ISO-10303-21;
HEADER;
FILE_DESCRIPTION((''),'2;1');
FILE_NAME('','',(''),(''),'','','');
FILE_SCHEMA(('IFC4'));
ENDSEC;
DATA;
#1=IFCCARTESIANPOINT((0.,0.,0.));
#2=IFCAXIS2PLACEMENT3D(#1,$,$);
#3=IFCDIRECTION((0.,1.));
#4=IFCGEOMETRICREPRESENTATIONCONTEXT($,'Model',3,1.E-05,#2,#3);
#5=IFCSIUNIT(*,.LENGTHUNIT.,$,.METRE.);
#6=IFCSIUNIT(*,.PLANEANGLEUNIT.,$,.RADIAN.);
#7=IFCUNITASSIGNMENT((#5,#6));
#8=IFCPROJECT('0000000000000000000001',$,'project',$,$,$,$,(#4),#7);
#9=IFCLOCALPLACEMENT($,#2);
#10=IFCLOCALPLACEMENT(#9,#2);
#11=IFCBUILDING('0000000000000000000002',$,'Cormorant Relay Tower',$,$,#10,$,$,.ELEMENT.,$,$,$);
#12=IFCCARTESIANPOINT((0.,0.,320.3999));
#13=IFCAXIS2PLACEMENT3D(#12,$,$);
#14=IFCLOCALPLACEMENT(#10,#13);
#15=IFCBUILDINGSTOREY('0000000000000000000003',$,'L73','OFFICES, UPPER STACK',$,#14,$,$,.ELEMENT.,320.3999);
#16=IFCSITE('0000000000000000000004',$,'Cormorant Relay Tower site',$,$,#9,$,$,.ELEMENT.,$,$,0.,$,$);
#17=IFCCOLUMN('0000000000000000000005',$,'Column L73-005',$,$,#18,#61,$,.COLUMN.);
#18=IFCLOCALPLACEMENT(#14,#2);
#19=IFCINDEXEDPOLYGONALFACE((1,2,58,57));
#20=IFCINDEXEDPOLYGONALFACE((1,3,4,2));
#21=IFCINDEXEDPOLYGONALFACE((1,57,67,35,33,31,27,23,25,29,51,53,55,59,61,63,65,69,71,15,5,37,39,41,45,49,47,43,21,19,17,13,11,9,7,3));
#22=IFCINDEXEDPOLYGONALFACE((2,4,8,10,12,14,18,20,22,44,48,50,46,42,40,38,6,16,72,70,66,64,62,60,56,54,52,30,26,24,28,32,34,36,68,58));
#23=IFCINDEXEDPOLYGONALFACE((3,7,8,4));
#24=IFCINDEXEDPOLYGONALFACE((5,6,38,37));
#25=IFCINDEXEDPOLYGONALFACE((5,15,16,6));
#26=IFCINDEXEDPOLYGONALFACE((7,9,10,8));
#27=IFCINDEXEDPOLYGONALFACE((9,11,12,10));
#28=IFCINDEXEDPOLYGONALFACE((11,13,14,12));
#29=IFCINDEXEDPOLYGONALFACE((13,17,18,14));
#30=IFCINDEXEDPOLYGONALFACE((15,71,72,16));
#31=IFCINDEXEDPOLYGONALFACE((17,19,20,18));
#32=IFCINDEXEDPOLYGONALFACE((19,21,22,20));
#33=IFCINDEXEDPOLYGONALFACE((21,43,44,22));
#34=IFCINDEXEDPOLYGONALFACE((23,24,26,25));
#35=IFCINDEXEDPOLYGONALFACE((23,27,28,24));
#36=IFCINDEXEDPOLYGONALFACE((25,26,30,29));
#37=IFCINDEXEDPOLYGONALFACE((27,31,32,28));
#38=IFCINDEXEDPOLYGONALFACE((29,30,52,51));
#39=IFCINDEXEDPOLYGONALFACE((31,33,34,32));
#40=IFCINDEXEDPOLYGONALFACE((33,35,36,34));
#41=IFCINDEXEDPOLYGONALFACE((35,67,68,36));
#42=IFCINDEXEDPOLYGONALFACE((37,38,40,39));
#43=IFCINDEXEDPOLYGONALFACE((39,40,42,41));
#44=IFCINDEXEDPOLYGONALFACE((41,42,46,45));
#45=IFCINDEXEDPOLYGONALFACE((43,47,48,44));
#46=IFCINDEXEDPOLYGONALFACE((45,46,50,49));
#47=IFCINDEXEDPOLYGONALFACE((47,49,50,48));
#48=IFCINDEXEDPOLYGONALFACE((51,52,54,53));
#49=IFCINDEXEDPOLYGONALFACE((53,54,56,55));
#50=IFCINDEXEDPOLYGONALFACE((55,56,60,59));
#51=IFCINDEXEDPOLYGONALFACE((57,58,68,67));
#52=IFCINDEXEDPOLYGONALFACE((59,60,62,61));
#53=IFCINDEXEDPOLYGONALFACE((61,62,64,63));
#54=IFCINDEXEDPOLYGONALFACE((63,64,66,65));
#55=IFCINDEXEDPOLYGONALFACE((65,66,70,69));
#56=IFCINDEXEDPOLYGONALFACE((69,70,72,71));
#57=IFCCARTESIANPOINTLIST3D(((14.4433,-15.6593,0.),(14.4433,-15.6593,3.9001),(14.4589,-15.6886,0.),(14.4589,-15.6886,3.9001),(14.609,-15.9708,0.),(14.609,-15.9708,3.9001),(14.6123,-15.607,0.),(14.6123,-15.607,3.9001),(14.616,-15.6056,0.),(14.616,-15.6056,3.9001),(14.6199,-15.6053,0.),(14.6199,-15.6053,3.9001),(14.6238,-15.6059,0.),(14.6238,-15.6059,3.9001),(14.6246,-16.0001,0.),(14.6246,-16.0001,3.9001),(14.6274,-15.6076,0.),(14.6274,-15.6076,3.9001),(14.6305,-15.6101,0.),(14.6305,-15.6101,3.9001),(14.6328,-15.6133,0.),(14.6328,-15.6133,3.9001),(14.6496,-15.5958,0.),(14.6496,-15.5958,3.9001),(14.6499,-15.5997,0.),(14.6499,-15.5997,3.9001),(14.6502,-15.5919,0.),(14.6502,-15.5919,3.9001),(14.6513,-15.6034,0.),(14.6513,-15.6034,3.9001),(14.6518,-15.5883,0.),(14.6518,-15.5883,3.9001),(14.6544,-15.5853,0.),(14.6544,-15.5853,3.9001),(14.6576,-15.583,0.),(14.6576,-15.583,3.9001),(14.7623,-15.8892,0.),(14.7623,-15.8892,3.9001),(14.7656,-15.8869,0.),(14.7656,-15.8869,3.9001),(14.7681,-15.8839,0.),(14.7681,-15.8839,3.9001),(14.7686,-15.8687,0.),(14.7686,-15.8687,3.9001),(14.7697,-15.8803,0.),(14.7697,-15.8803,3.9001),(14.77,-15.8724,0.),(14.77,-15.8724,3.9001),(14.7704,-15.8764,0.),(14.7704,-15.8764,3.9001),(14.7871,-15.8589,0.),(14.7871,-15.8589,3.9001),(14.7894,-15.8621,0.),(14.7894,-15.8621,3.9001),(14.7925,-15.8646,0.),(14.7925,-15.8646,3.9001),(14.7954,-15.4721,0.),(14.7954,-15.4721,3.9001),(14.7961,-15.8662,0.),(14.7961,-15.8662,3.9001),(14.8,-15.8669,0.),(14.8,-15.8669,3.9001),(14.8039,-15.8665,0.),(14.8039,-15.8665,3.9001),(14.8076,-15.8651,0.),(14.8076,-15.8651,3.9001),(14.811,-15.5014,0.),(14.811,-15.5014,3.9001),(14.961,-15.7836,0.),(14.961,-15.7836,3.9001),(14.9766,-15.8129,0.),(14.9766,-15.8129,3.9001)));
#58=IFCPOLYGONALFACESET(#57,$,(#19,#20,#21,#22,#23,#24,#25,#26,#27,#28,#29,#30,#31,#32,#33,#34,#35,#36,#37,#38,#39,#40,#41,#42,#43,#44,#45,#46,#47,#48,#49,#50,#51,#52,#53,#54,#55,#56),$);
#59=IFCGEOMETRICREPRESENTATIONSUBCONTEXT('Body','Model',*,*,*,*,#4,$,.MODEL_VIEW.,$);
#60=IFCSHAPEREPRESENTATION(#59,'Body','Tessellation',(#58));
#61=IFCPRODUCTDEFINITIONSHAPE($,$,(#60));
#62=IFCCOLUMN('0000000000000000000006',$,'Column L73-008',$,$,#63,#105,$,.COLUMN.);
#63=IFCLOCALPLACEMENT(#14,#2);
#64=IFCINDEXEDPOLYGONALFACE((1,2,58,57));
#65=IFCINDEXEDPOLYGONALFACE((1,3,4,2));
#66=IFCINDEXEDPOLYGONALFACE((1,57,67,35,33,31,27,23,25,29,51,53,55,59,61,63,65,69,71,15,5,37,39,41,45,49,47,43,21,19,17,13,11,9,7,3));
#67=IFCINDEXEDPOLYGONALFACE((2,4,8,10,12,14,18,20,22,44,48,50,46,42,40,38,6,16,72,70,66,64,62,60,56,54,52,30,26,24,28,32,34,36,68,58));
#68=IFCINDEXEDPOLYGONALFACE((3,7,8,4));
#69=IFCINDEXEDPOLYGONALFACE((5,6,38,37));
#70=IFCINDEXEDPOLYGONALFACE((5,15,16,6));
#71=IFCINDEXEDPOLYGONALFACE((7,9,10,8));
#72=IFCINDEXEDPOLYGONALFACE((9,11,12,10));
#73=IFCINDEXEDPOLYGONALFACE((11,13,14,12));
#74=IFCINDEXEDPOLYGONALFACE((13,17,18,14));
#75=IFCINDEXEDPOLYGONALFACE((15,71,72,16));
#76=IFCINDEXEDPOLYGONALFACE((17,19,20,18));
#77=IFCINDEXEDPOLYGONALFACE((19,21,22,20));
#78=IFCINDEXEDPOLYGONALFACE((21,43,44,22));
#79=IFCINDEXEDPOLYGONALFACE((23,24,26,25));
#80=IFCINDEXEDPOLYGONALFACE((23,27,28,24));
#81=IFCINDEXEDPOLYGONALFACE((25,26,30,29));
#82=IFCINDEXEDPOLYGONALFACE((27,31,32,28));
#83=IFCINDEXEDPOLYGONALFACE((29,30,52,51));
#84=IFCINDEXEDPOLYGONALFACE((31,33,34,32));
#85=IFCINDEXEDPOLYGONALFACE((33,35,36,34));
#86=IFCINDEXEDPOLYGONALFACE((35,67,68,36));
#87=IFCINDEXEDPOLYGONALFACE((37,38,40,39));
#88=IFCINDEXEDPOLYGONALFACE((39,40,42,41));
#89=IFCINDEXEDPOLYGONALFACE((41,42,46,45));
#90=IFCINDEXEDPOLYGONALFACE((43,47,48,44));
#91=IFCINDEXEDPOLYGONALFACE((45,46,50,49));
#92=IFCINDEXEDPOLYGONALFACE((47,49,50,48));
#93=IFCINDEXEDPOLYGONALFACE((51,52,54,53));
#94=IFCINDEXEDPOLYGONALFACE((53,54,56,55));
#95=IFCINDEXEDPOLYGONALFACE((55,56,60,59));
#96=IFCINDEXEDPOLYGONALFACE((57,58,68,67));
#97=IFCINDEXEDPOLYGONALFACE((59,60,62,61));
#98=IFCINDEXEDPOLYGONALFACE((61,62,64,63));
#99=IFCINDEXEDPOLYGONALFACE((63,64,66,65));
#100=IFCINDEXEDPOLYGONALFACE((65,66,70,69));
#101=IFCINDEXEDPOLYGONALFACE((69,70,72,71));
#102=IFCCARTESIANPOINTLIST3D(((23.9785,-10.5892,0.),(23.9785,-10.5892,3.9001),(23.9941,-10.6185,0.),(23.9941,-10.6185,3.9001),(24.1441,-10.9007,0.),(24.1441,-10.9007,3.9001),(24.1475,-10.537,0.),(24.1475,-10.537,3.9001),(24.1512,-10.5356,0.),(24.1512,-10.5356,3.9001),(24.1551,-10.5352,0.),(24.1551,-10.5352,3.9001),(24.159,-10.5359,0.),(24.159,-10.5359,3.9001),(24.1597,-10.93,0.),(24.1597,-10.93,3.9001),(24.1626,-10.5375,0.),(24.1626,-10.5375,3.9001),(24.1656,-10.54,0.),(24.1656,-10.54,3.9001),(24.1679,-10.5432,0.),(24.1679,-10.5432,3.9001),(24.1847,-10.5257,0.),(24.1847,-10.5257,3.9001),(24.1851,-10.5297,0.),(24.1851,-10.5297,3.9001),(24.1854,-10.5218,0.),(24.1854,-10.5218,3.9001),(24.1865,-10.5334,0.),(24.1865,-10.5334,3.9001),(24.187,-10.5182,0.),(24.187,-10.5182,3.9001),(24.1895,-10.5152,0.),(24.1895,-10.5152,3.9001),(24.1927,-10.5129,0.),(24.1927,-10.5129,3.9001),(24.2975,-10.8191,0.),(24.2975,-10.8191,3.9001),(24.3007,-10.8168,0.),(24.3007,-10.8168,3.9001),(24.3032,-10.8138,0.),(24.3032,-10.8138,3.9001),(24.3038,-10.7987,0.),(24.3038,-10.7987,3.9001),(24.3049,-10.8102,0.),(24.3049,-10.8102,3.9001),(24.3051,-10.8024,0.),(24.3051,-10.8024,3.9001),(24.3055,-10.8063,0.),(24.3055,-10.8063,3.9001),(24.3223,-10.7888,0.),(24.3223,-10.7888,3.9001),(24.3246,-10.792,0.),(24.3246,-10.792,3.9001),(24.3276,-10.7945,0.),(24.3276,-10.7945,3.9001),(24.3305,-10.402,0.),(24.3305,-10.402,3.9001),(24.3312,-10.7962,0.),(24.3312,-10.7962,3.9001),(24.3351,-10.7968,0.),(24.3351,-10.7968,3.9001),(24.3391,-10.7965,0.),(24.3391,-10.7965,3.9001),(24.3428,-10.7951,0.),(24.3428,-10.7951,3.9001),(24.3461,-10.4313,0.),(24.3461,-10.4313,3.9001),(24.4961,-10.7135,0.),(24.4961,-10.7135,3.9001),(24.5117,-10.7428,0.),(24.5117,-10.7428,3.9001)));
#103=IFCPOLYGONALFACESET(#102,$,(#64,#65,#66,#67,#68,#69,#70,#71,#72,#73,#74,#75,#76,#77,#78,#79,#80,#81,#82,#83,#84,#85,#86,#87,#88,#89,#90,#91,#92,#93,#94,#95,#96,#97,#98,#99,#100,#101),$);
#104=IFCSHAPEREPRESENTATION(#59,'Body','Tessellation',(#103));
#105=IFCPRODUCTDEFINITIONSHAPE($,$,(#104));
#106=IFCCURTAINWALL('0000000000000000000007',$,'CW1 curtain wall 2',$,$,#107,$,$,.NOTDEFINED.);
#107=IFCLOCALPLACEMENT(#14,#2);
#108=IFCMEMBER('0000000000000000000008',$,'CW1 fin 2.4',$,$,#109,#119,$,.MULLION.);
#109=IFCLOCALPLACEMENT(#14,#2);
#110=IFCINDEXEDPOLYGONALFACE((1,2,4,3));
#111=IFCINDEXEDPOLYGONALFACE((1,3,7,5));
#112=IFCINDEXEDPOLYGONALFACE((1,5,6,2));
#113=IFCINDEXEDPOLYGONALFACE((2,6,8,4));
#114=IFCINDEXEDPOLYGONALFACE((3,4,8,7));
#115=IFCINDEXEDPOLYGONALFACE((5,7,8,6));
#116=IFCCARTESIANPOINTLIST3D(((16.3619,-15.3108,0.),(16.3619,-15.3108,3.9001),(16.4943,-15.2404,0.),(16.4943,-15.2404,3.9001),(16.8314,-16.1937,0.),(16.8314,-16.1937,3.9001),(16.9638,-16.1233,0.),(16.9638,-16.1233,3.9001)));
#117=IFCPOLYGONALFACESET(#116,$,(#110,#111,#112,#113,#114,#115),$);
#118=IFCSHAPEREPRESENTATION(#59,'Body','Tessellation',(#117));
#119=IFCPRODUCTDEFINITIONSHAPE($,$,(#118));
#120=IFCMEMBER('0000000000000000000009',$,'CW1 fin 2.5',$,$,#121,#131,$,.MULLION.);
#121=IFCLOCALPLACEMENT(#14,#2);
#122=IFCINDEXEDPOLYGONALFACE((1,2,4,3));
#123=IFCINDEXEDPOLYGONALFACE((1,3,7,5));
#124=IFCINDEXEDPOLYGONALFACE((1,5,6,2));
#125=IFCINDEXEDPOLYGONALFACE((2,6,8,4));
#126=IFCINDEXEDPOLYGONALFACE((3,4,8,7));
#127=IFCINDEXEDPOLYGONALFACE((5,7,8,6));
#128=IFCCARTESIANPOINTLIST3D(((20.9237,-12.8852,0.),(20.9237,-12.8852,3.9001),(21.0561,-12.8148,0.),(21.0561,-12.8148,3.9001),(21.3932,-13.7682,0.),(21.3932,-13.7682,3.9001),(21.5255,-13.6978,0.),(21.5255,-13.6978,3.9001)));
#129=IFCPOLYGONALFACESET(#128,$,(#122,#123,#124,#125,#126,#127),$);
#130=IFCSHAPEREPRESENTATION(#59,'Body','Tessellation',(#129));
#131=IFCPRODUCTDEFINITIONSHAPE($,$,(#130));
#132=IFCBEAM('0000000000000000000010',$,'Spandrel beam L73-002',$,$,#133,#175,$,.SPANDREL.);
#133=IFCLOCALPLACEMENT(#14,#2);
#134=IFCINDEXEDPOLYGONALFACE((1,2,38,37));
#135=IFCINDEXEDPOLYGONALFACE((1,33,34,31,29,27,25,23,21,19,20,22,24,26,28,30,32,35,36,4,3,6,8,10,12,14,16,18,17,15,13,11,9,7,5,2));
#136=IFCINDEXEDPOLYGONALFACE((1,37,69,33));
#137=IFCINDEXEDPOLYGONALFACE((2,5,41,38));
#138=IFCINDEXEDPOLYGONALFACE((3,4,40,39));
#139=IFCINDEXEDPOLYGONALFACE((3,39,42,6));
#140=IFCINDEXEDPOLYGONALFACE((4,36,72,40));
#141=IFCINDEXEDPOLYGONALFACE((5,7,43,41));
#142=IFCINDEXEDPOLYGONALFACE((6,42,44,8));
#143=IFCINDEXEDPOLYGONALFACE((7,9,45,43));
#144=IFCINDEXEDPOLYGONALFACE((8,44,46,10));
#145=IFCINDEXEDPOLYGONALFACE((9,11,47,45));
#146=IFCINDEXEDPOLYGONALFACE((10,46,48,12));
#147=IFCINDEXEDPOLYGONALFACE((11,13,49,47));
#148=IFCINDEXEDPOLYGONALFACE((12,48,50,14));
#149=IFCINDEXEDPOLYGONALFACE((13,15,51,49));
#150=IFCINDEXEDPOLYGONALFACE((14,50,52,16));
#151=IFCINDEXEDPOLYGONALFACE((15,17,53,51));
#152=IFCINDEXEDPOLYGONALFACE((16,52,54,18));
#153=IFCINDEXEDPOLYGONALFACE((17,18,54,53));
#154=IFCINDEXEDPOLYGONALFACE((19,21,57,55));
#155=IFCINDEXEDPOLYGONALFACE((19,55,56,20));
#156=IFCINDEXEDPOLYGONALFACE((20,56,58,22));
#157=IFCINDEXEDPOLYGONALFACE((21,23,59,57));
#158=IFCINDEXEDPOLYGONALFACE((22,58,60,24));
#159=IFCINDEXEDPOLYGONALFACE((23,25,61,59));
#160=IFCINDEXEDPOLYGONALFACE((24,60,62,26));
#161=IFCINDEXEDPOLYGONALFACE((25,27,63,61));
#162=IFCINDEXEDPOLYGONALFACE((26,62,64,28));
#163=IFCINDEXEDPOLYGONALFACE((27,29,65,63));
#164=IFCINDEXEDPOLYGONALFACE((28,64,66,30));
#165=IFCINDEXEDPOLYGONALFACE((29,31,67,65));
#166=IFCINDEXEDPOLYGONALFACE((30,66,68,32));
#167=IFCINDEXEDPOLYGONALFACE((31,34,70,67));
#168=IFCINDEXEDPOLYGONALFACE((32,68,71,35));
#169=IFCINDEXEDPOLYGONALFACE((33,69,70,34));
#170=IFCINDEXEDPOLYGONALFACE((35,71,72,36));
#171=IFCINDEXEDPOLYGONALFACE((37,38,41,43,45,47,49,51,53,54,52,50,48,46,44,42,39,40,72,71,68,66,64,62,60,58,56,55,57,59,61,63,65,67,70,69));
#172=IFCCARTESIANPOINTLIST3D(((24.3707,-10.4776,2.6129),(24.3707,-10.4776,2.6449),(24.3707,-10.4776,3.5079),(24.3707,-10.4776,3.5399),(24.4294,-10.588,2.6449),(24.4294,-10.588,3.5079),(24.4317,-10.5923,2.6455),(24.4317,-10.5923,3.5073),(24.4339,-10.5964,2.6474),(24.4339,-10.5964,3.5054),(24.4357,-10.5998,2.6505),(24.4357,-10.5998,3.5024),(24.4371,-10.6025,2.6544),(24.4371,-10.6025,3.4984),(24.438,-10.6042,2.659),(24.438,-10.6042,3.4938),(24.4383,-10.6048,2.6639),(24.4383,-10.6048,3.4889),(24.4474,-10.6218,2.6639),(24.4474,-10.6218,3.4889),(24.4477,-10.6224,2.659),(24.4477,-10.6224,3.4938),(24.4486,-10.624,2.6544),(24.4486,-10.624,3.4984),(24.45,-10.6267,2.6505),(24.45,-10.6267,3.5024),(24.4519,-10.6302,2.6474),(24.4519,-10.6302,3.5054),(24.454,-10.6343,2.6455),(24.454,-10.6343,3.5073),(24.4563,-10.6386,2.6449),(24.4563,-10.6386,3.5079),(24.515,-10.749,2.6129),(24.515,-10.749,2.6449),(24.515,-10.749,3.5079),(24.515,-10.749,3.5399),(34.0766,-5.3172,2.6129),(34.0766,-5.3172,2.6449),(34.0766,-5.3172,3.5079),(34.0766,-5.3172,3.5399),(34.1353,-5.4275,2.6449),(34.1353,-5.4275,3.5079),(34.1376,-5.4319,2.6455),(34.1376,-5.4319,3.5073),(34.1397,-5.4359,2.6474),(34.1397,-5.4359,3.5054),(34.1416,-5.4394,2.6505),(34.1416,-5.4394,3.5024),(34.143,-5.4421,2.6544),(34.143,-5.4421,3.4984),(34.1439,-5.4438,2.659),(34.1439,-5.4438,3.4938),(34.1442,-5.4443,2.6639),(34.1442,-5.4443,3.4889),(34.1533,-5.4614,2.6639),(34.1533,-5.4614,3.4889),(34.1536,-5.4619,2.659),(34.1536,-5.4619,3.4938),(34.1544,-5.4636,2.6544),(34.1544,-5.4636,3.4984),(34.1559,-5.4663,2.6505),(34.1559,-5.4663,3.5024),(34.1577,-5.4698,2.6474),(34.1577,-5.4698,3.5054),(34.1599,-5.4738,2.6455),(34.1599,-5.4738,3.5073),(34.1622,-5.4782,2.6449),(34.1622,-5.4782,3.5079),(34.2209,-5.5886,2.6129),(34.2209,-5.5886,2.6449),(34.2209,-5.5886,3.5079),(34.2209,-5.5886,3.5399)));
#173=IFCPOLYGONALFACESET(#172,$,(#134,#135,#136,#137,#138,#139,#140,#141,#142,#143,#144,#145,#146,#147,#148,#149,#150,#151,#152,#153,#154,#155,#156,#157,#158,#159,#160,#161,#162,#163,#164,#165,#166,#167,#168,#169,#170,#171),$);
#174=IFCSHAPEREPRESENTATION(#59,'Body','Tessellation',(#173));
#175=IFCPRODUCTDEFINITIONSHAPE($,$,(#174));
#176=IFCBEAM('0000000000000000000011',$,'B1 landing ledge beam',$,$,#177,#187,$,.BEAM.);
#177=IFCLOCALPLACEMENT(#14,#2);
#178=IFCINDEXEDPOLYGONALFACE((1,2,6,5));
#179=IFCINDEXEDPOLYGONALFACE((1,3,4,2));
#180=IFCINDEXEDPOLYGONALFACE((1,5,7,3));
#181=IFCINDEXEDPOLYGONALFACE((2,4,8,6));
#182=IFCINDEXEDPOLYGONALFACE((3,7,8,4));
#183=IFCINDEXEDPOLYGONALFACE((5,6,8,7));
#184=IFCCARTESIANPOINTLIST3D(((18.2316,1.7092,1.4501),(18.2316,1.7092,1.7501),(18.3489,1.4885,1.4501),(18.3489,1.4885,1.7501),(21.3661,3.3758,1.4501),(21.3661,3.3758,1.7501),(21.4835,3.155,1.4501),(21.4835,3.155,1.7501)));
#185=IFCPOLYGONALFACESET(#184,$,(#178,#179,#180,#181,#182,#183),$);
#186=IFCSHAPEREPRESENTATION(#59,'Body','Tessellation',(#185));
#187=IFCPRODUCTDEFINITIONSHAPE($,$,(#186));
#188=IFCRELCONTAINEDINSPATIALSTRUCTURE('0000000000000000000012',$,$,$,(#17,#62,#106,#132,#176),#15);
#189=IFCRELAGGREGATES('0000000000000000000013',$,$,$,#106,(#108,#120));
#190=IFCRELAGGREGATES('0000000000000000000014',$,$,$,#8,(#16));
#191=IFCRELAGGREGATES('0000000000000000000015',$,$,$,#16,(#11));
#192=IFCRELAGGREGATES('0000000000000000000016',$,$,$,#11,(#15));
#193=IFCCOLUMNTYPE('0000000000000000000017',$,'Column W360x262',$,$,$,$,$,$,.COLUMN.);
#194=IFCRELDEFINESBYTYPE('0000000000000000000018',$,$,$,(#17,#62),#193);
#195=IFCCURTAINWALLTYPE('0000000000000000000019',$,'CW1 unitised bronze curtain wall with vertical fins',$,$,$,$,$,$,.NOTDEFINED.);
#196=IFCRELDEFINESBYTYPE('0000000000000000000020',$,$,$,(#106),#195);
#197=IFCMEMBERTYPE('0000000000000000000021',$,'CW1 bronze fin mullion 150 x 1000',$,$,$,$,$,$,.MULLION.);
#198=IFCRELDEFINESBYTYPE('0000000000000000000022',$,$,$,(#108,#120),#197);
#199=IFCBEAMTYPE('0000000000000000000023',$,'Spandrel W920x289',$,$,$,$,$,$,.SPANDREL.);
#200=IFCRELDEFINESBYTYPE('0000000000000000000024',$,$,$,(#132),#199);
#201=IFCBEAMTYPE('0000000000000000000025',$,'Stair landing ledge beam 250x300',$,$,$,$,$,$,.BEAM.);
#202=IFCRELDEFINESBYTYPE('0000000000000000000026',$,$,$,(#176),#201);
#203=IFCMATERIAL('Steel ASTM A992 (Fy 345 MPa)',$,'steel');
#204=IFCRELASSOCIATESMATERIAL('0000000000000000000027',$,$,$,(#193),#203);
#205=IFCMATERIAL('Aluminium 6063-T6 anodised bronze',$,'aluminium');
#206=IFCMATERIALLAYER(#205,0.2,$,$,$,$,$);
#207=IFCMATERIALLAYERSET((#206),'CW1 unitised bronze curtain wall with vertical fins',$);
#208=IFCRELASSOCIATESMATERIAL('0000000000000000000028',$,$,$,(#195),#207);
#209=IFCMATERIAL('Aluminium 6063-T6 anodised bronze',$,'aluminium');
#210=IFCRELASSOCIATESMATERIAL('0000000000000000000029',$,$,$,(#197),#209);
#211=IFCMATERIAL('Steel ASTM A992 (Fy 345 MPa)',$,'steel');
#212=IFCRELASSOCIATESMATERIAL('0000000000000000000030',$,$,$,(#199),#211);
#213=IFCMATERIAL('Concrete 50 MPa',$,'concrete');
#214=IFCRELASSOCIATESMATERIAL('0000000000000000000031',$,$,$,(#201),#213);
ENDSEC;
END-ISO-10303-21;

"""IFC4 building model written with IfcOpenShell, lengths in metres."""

from ifc_helpers import new_model, si_unit, direction, frame, origin, origin_2d, place, context, subcontext, project, spatial, rectangle, i_section, extrude, material, layer, layer_set, material_profile, profile_set, type_object, element, aggregate, save


model = new_model("IFC4")

# Units and contexts
model_context = context("Model", 3, precision=1e-05, world=origin(), true_north=direction((0.0, 1.0)))
body_context = subcontext(model_context, "Body", "Model", "MODEL_VIEW")
ifc_project = project(units=[si_unit("LENGTHUNIT", "METRE"), si_unit("PLANEANGLEUNIT", "RADIAN")], contexts=[model_context])

# Site, building, storey
site_placement = place(None, origin())
site = spatial("IfcSite", under=ifc_project, at=site_placement, Name="Cormorant Relay Tower site", CompositionType="ELEMENT", RefElevation=0.0)
building_placement = place(site_placement, origin())
building = spatial("IfcBuilding", under=site, at=building_placement, Name="Cormorant Relay Tower", CompositionType="ELEMENT")
storey_placement = place(building_placement, frame((0.0, 0.0, 320.3999)))
storey = spatial("IfcBuildingStorey", under=building, at=storey_placement, Name="L73", Description="OFFICES, UPPER STACK", CompositionType="ELEMENT", Elevation=320.3999)

# Columns
ifc_material_1 = material(Name="Steel ASTM A992 (Fy 345 MPa)", Category="steel")
ifc_material_profile_1 = material_profile(ifc_material_1, i_section(OverallWidth=0.3987, OverallDepth=0.386, WebThickness=0.021, FlangeThickness=0.0332, FilletRadius=0.0151, at=origin_2d()), Name="W360x262")
ifc_profile_set_1 = profile_set([ifc_material_profile_1], Name="Steel ASTM A992 (Fy 345 MPa)")
column_type = type_object("IfcColumnType", Name="Column W360x262", PredefinedType="COLUMN", material=ifc_profile_set_1)
for number, where, z_axis, x_axis, name in (
    (1, (14.71, -15.7361, 0.0), (0.0, 0.0, 1.0), (0.882948, 0.469472, 0.0), "Column L73-005"),
    (2, (24.2451, -10.666, 0.0), (0.0, 0.0, 1.0), (0.882948, 0.469472, 0.0), "Column L73-008"),
):
    element("IfcColumn", number, at=place(storey_placement, frame(where, z_axis=z_axis, x_axis=x_axis)), inside=storey, type_object=column_type, Name=name, PredefinedType="COLUMN", context=body_context, shape_type="SweptSolid", body=[
        extrude(i_section(OverallWidth=0.3987, OverallDepth=0.386, WebThickness=0.021, FlangeThickness=0.0332, FilletRadius=0.0151, at=origin_2d()), origin(), (0.0, 0.0, 1.0), 3.9001),
    ])

# Curtain wall, members
ifc_material_2 = material(Name="Aluminium 6063-T6 anodised bronze", Category="aluminium")
ifc_layer_1 = layer(ifc_material_2, 0.2)
ifc_layer_set_1 = layer_set([ifc_layer_1], Name="CW1 unitised bronze curtain wall with vertical fins")
curtain_wall_type = type_object("IfcCurtainWallType", Name="CW1 unitised bronze curtain wall with vertical fins", PredefinedType="NOTDEFINED", material=ifc_layer_set_1)
curtain_wall_placement = place(storey_placement, origin())
curtain_wall = element("IfcCurtainWall", 3, at=curtain_wall_placement, inside=storey, type_object=curtain_wall_type, Name="CW1 curtain wall 2", PredefinedType="NOTDEFINED")
ifc_material_3 = material(Name="Aluminium 6063-T6 anodised bronze", Category="aluminium")
ifc_material_profile_2 = material_profile(ifc_material_3, rectangle(XDim=0.1499, YDim=1.0, at=origin_2d()), Name="AL 150x1000")
ifc_profile_set_2 = profile_set([ifc_material_profile_2], Name="Aluminium 6063-T6 anodised bronze")
member_type = type_object("IfcMemberType", Name="CW1 bronze fin mullion 150 x 1000", PredefinedType="MULLION", material=ifc_profile_set_2)
member_1_placement = place(storey_placement, frame((16.6628, -15.717, 0.0), z_axis=(0.0, 0.0, 1.0), x_axis=(0.882948, 0.469472, 0.0)))
member_1 = element("IfcMember", 4, at=member_1_placement, type_object=member_type, Name="CW1 fin 2.4", PredefinedType="MULLION", context=body_context, shape_type="SweptSolid", body=[
    extrude(rectangle(XDim=0.1499, YDim=1.0, at=origin_2d()), origin(), (0.0, 0.0, 1.0), 3.9001),
])
member_2_placement = place(storey_placement, frame((21.2246, -13.2915, 0.0), z_axis=(0.0, 0.0, 1.0), x_axis=(0.882948, 0.469472, 0.0)))
member_2 = element("IfcMember", 5, at=member_2_placement, type_object=member_type, Name="CW1 fin 2.5", PredefinedType="MULLION", context=body_context, shape_type="SweptSolid", body=[
    extrude(rectangle(XDim=0.1499, YDim=1.0, at=origin_2d()), origin(), (0.0, 0.0, 1.0), 3.9001),
])

# Beams
ifc_material_4 = material(Name="Steel ASTM A992 (Fy 345 MPa)", Category="steel")
ifc_material_profile_3 = material_profile(ifc_material_4, i_section(OverallWidth=0.3074, OverallDepth=0.927, WebThickness=0.0193, FlangeThickness=0.032, FilletRadius=0.019, at=origin_2d()), Name="W920x289")
ifc_profile_set_3 = profile_set([ifc_material_profile_3], Name="Steel ASTM A992 (Fy 345 MPa)")
beam_type_1 = type_object("IfcBeamType", Name="Spandrel W920x289", PredefinedType="SPANDREL", material=ifc_profile_set_3)
beam_1_placement = place(storey_placement, frame((24.4429, -10.6133, 3.0764), z_axis=(0.882958, 0.469452, 0.0), x_axis=(-0.469452, 0.882958, 0.0)))
element("IfcBeam", 6, at=beam_1_placement, inside=storey, type_object=beam_type_1, Name="Spandrel beam L73-002", PredefinedType="SPANDREL", context=body_context, shape_type="SweptSolid", body=[
    extrude(i_section(OverallWidth=0.3074, OverallDepth=0.927, WebThickness=0.0193, FlangeThickness=0.032, FilletRadius=0.019, at=origin_2d()), origin(), (0.0, 0.0, 1.0), 10.9924),
])
ifc_material_5 = material(Name="Concrete 50 MPa", Category="concrete")
ifc_material_profile_4 = material_profile(ifc_material_5, rectangle(XDim=0.25, YDim=0.3, at=origin_2d()), Name="RC 250x300")
ifc_profile_set_4 = profile_set([ifc_material_profile_4], Name="Concrete 50 MPa")
beam_type_2 = type_object("IfcBeamType", Name="Stair landing ledge beam 250x300", PredefinedType="BEAM", material=ifc_profile_set_4)
beam_2_placement = place(storey_placement, frame((21.4248, 3.2654, 1.6001), z_axis=(-0.882965, -0.469438, 0.0), x_axis=(0.469438, -0.882965, 0.0)))
element("IfcBeam", 7, at=beam_2_placement, inside=storey, type_object=beam_type_2, Name="B1 landing ledge beam", PredefinedType="BEAM", context=body_context, shape_type="SweptSolid", body=[
    extrude(rectangle(XDim=0.25, YDim=0.3, at=origin_2d()), origin(), (0.0, 0.0, 1.0), 3.55),
])

aggregate(curtain_wall, [member_1, member_2])

save(model, "model.ifc")
